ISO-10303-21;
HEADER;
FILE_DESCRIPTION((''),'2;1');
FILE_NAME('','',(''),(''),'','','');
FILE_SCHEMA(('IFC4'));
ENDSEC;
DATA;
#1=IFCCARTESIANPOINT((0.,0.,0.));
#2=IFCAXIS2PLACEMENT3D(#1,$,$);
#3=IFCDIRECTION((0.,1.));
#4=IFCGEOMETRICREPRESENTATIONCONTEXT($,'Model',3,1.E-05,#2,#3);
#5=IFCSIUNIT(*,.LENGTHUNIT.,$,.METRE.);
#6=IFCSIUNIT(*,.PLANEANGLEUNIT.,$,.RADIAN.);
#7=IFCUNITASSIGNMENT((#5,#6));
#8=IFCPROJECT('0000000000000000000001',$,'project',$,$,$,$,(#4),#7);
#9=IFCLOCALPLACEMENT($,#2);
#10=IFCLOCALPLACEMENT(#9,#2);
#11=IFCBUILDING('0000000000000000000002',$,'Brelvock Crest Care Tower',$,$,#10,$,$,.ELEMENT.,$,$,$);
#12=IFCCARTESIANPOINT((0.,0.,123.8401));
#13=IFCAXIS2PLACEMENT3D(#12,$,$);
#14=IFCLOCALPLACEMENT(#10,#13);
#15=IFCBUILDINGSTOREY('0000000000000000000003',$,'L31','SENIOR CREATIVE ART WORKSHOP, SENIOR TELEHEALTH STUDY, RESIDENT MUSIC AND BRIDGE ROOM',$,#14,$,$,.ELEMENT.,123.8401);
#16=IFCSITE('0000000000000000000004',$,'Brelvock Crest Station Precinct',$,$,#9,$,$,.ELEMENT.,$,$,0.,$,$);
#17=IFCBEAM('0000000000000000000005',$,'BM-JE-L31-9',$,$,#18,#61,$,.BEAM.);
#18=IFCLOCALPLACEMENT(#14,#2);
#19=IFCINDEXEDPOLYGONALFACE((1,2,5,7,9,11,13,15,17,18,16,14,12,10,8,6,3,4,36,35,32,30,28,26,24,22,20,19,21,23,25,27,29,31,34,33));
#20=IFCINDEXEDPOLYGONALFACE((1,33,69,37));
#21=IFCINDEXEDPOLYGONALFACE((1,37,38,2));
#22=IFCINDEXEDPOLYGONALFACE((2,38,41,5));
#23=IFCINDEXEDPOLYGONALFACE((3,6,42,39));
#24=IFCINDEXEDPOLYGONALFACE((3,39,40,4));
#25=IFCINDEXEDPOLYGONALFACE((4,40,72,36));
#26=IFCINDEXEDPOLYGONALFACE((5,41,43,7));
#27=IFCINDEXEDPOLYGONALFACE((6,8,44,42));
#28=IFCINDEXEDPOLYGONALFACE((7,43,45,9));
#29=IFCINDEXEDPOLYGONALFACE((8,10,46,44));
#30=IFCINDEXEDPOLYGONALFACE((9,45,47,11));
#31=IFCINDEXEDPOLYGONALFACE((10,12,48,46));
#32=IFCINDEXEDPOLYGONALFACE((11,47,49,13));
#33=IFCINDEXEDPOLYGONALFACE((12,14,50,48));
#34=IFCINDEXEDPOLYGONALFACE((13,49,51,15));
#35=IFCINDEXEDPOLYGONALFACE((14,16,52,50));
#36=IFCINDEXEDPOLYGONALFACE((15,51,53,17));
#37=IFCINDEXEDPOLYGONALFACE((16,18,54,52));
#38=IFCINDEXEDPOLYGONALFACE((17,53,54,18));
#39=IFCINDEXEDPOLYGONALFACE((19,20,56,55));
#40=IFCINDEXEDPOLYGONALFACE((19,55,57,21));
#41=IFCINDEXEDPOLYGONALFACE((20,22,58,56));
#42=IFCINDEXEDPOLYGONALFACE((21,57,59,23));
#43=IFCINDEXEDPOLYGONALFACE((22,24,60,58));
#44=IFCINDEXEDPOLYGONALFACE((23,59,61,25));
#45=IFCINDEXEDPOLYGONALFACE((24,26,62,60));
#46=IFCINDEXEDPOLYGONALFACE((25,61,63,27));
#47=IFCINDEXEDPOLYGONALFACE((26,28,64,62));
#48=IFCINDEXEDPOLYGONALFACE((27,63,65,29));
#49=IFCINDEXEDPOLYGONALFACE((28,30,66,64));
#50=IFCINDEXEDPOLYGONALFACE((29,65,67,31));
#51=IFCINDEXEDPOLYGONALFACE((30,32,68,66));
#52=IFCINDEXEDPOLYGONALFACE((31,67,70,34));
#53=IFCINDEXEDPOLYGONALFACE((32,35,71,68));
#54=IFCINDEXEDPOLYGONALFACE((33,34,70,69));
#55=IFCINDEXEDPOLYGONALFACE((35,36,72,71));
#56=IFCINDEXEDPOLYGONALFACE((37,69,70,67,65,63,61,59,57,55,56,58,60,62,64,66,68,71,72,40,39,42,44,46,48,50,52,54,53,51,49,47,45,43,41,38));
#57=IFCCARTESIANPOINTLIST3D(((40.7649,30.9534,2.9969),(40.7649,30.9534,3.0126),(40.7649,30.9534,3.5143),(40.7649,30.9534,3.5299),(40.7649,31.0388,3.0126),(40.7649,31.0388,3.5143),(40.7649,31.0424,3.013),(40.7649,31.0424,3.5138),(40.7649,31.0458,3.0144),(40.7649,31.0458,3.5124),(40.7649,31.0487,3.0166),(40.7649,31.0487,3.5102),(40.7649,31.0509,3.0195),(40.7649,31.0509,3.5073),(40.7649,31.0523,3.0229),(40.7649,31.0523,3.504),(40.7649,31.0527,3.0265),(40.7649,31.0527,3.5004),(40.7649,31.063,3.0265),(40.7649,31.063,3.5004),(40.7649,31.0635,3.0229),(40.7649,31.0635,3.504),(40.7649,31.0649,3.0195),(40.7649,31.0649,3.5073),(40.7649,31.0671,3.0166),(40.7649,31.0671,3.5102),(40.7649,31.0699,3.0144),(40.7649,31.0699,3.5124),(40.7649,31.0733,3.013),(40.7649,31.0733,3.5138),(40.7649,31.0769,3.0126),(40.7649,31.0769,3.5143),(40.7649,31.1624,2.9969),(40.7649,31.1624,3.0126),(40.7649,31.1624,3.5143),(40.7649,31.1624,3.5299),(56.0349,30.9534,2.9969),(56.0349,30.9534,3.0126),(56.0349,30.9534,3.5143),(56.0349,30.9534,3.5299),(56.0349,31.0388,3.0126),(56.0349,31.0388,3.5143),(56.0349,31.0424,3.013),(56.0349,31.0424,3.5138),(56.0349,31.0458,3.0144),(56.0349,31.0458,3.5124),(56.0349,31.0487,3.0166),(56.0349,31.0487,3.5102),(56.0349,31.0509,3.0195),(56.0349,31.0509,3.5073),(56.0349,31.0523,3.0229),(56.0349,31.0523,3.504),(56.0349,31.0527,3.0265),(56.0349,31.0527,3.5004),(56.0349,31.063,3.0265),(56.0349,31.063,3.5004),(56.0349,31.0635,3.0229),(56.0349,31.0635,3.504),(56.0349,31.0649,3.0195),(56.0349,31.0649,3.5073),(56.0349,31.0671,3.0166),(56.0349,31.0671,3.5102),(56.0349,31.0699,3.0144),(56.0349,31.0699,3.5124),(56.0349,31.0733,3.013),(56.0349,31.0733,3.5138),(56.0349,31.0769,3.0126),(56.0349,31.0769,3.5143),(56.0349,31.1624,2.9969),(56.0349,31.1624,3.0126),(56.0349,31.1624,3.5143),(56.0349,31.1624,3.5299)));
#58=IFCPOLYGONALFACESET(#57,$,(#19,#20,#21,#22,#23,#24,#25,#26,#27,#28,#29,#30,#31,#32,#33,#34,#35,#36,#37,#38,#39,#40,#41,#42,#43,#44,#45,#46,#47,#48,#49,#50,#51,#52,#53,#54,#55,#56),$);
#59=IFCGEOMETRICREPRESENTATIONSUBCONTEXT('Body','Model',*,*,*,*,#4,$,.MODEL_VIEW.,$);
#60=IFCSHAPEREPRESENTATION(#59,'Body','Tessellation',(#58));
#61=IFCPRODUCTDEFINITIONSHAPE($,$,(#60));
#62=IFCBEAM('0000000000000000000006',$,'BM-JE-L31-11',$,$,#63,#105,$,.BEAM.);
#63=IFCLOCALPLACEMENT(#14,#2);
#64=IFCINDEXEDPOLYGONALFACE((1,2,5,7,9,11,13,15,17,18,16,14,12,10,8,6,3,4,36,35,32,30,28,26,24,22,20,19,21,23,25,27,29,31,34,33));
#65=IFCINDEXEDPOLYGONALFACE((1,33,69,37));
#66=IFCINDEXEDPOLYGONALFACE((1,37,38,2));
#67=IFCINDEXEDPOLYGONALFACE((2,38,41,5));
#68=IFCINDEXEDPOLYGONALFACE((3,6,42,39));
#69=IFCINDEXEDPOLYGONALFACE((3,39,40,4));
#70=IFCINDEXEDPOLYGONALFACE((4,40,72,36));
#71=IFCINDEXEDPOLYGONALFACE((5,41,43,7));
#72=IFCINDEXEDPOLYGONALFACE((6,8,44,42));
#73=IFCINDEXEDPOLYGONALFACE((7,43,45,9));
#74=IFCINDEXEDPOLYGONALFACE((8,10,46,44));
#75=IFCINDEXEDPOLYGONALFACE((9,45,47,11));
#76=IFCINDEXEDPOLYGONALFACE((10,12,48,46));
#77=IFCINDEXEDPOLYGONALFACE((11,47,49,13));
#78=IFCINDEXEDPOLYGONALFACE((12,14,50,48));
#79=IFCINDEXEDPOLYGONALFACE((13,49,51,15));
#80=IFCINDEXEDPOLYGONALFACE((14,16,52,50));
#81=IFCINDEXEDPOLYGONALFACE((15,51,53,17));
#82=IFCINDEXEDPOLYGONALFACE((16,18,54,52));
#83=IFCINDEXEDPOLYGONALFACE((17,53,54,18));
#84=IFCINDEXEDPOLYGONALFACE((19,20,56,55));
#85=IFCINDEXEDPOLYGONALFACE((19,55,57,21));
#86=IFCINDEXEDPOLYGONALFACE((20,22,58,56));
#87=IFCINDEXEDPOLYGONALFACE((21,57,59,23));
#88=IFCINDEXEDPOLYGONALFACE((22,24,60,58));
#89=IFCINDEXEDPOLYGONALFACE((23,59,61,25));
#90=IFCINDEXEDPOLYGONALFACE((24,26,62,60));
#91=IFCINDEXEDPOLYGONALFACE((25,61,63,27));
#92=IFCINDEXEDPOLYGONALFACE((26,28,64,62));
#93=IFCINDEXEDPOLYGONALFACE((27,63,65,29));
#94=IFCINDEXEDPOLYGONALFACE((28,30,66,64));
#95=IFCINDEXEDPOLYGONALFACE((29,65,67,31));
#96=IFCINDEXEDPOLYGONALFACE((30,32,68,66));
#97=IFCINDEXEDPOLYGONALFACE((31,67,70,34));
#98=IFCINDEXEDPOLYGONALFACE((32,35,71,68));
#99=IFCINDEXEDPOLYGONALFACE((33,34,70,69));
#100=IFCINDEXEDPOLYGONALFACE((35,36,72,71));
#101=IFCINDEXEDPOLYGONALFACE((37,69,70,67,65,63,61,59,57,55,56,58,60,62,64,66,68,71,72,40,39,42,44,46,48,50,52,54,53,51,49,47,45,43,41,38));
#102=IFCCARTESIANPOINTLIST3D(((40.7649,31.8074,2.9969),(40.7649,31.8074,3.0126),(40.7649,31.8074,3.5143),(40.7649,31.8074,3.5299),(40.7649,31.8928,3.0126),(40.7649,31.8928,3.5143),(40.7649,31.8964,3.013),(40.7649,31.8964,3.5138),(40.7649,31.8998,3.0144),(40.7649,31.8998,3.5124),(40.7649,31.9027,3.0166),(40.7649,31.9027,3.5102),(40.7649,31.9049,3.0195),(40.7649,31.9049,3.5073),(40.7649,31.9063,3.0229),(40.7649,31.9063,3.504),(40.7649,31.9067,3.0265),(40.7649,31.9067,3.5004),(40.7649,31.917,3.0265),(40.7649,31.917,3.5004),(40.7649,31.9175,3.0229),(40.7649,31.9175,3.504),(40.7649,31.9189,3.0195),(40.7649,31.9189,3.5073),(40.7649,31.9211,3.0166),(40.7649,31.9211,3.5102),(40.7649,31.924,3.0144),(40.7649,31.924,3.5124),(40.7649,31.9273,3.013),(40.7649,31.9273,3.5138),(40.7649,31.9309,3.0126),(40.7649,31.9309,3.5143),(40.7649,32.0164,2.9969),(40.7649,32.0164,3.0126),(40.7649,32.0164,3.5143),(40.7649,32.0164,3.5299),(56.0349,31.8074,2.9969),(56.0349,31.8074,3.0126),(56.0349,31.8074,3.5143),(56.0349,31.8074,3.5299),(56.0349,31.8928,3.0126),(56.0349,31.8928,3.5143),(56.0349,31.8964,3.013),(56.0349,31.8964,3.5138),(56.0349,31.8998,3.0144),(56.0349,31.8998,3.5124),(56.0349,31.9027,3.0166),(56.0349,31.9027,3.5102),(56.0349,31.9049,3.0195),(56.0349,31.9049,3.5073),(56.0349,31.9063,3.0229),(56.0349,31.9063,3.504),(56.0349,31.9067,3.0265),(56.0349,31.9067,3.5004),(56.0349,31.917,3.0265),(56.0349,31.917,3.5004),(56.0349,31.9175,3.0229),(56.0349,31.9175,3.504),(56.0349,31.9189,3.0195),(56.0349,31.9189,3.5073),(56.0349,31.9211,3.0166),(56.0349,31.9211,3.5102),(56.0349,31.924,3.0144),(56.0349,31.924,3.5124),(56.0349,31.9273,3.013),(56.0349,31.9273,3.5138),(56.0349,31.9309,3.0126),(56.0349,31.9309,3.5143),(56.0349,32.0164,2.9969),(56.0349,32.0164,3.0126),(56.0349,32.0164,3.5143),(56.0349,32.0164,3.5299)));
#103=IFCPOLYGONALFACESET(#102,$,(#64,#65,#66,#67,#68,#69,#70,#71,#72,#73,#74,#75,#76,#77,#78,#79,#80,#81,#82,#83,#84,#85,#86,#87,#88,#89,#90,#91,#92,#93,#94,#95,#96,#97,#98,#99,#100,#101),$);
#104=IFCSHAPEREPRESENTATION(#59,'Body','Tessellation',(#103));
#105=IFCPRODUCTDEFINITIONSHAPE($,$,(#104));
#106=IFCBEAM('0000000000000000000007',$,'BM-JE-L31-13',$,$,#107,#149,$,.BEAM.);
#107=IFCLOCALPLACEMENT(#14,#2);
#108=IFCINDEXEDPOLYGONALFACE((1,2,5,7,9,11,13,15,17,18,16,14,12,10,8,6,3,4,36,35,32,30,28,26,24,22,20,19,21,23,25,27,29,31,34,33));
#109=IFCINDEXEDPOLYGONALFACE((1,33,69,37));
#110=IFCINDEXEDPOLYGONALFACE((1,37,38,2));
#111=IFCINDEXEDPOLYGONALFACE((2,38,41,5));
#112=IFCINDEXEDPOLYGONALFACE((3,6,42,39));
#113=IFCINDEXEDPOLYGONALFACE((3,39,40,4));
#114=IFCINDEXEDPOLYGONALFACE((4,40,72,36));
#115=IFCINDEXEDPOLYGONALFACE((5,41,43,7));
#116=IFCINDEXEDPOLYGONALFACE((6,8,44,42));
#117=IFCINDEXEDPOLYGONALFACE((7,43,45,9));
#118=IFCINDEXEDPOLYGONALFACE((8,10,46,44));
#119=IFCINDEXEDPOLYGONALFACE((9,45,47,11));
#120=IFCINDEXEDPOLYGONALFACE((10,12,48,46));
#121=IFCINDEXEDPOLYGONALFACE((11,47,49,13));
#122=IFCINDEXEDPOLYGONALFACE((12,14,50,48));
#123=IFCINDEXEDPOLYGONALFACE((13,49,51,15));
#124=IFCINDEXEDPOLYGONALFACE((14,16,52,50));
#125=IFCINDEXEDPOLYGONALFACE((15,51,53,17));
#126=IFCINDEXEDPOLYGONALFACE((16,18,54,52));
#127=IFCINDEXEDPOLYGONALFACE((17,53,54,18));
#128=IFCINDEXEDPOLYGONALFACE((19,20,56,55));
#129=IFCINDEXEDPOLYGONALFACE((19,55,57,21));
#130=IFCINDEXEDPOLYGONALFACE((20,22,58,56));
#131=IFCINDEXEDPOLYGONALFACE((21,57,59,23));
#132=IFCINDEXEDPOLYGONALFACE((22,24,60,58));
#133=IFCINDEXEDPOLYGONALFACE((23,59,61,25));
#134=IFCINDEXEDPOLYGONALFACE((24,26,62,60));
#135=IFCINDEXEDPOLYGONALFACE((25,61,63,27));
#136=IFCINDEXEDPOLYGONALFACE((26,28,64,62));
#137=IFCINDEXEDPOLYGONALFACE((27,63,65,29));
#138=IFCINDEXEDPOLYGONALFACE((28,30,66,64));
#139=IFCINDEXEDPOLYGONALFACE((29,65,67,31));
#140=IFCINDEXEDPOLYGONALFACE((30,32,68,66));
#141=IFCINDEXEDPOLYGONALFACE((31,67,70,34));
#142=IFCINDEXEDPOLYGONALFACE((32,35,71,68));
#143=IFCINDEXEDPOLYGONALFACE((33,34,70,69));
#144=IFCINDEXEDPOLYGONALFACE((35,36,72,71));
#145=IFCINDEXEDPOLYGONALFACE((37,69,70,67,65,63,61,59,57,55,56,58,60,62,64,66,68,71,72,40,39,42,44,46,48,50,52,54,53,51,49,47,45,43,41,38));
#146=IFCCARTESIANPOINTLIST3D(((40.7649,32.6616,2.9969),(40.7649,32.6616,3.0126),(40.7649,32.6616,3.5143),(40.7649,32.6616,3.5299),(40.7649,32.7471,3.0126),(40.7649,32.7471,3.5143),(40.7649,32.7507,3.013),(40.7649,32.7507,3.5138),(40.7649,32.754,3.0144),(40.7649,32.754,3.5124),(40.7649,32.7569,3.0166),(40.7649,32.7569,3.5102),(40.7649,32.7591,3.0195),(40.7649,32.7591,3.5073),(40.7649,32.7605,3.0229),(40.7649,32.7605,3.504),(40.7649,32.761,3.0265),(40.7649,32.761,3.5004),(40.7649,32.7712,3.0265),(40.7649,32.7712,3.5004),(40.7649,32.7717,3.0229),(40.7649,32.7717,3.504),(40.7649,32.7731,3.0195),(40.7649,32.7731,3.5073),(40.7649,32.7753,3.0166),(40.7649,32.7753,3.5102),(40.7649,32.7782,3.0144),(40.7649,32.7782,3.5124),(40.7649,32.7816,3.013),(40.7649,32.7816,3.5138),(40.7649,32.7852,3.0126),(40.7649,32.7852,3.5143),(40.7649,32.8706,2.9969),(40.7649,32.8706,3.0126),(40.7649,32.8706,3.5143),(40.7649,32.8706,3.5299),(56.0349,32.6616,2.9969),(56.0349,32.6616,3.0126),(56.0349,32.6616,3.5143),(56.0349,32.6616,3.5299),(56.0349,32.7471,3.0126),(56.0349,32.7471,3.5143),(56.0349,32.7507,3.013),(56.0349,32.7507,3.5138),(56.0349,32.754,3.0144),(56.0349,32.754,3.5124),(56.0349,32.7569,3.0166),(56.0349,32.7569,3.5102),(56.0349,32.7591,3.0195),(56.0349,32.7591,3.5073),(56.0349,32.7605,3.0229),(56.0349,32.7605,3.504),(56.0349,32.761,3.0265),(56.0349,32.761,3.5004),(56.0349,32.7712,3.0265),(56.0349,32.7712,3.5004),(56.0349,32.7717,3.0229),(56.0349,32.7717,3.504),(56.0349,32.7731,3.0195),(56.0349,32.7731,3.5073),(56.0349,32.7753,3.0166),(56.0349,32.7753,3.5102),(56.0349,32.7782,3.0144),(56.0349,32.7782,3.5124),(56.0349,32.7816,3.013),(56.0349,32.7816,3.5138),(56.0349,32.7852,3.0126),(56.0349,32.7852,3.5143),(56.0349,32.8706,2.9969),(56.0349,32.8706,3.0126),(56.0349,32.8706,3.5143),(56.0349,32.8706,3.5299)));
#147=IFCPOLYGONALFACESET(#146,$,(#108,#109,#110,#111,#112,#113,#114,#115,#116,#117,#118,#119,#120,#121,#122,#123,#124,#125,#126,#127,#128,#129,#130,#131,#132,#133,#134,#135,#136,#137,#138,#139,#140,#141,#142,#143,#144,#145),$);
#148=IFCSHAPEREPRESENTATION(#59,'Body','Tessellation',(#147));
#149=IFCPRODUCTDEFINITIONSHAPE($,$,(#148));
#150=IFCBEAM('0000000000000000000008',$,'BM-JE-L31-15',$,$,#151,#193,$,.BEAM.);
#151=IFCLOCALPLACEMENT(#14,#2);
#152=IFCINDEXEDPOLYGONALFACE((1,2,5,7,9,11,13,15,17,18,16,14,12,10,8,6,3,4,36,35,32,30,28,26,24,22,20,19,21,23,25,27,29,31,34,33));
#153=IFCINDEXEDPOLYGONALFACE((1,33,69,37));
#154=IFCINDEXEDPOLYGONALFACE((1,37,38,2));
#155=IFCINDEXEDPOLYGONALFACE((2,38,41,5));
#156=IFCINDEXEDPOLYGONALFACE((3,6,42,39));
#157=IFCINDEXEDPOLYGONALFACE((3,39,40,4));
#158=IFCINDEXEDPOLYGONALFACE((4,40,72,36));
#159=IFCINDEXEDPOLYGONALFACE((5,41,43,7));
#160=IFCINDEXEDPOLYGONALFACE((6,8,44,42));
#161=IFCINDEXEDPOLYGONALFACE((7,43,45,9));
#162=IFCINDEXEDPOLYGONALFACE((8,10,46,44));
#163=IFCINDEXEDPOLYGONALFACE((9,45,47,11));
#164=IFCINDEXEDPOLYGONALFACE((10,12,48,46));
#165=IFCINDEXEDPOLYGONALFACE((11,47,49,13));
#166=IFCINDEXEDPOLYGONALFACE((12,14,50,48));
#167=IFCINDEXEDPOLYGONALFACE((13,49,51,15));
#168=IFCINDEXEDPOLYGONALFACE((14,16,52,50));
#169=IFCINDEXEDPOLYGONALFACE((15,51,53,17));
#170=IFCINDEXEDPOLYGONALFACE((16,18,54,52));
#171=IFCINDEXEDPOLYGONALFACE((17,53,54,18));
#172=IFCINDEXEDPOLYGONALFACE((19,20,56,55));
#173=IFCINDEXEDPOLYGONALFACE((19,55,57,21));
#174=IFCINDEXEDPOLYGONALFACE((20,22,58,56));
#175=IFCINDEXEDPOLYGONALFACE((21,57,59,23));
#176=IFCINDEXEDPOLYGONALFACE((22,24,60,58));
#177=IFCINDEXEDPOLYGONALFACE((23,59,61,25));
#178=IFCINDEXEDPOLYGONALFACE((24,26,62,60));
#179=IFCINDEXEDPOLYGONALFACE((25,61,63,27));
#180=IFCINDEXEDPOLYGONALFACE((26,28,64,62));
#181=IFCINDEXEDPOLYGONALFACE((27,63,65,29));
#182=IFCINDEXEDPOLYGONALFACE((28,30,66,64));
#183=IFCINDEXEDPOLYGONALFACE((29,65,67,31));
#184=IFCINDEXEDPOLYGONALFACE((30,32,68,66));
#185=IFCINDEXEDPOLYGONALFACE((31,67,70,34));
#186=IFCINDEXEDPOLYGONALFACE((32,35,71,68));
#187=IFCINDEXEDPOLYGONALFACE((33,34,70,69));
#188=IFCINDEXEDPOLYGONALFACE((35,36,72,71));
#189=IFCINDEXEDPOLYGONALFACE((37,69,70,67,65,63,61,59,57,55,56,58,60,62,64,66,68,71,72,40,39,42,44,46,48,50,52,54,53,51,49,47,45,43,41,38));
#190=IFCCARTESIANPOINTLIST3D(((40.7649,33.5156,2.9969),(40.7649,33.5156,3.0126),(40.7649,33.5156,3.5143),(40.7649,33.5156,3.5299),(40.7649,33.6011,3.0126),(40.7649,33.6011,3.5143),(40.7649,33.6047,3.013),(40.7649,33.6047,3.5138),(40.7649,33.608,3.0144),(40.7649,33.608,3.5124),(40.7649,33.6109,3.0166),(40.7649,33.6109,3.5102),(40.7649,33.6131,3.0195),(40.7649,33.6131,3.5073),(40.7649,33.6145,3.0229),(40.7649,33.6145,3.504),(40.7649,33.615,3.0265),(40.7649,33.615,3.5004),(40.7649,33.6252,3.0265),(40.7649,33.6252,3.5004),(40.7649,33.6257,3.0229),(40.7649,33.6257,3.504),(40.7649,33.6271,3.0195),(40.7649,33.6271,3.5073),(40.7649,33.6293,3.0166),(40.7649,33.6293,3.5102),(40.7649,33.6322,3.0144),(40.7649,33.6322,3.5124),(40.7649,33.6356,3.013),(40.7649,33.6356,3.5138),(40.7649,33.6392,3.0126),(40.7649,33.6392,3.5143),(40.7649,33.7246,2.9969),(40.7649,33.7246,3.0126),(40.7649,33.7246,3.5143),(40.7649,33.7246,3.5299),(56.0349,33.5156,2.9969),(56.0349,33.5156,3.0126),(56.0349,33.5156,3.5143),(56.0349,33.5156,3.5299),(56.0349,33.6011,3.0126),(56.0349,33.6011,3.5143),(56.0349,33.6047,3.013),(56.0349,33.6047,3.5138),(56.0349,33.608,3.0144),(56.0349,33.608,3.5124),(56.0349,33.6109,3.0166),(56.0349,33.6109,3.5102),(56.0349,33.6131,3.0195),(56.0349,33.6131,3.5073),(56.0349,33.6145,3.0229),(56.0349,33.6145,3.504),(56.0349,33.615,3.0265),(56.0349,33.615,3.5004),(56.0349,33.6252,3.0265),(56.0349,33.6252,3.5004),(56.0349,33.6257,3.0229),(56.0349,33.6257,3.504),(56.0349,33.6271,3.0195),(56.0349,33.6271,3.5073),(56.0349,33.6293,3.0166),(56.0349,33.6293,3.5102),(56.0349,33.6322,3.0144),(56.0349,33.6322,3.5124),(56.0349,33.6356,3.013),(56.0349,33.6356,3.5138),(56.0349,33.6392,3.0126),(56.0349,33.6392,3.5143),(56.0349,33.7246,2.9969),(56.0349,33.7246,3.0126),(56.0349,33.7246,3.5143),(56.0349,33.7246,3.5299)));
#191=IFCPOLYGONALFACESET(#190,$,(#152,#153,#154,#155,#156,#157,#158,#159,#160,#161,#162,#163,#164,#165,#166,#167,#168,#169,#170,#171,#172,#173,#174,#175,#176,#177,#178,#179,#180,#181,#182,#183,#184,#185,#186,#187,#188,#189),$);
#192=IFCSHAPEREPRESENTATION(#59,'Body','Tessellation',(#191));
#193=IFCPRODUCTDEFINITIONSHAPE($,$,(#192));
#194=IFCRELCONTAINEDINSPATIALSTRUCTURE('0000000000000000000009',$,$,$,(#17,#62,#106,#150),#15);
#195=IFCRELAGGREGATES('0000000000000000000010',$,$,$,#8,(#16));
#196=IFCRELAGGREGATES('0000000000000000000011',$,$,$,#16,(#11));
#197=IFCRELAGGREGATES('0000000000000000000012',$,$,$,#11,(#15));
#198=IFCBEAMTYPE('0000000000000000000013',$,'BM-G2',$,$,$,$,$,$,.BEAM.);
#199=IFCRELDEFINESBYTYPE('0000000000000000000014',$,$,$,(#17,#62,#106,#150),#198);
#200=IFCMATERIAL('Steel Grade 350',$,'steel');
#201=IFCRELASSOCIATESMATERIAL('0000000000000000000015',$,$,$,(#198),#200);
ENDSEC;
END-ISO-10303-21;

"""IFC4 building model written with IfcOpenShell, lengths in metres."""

from ifc_helpers import new_model, si_unit, direction, frame, origin, origin_2d, place, context, subcontext, project, spatial, i_section, extrude, source, transform, mapped, material, material_profile, profile_set, type_object, element, save


model = new_model("IFC4")

# Units and contexts
model_context = context("Model", 3, precision=1e-05, world=origin(), true_north=direction((0.0, 1.0)))
body_context = subcontext(model_context, "Body", "Model", "MODEL_VIEW")
ifc_project = project(units=[si_unit("LENGTHUNIT", "METRE"), si_unit("PLANEANGLEUNIT", "RADIAN")], contexts=[model_context])

# Site, building, storey
site_placement = place(None, origin())
site = spatial("IfcSite", under=ifc_project, at=site_placement, Name="Brelvock Crest Station Precinct", CompositionType="ELEMENT", RefElevation=0.0)
building_placement = place(site_placement, origin())
building = spatial("IfcBuilding", under=site, at=building_placement, Name="Brelvock Crest Care Tower", CompositionType="ELEMENT")
storey_placement = place(building_placement, frame((0.0, 0.0, 123.8401)))
storey = spatial("IfcBuildingStorey", under=building, at=storey_placement, Name="L31", Description="SENIOR CREATIVE ART WORKSHOP, SENIOR TELEHEALTH STUDY, RESIDENT MUSIC AND BRIDGE ROOM", CompositionType="ELEMENT", Elevation=123.8401)

# Beams
ifc_material_1 = material(Name="Steel Grade 350", Category="steel")
ifc_material_profile_1 = material_profile(ifc_material_1, i_section(OverallWidth=0.209, OverallDepth=0.533, WebThickness=0.0103, FlangeThickness=0.0156, FilletRadius=0.0139, at=origin_2d()), Name="530UB92.4")
ifc_profile_set_1 = profile_set([ifc_material_profile_1], Name="Steel Grade 350")
beam_type_1 = type_object("IfcBeamType", Name="BM-G2", PredefinedType="BEAM", material=ifc_profile_set_1)
shared_shape_1 = source(origin(), body_context, "Body", "SweptSolid", [
    extrude(i_section(OverallWidth=0.209, OverallDepth=0.533, WebThickness=0.0103, FlangeThickness=0.0156, FilletRadius=0.0139, at=origin_2d()), origin(), (0.0, 0.0, 1.0), 15.27),
])
for number, where, z_axis, x_axis, name in (
    (1, (40.7649, 31.0579, 3.2634), (1.0, 0.0, 0.0), (0.0, 1.0, 0.0), "BM-JE-L31-9"),
    (2, (40.7649, 31.9119, 3.2634), (1.0, 0.0, 0.0), (0.0, 1.0, 0.0), "BM-JE-L31-11"),
    (3, (40.7649, 32.7661, 3.2634), (1.0, 0.0, 0.0), (0.0, 1.0, 0.0), "BM-JE-L31-13"),
    (4, (40.7649, 33.6201, 3.2634), (1.0, 0.0, 0.0), (0.0, 1.0, 0.0), "BM-JE-L31-15"),
):
    element("IfcBeam", number, at=place(storey_placement, frame(where, z_axis=z_axis, x_axis=x_axis)), inside=storey, type_object=beam_type_1, Name=name, PredefinedType="BEAM", context=body_context, shape_type="MappedRepresentation", body=[
        mapped(shared_shape_1, transform((0.0, 0.0, 0.0), x_axis=(1.0, 0.0, 0.0), y_axis=(0.0, 1.0, 0.0), z_axis=(0.0, 0.0, 1.0), scale=1.0)),
    ])

save(model, "model.ifc")
